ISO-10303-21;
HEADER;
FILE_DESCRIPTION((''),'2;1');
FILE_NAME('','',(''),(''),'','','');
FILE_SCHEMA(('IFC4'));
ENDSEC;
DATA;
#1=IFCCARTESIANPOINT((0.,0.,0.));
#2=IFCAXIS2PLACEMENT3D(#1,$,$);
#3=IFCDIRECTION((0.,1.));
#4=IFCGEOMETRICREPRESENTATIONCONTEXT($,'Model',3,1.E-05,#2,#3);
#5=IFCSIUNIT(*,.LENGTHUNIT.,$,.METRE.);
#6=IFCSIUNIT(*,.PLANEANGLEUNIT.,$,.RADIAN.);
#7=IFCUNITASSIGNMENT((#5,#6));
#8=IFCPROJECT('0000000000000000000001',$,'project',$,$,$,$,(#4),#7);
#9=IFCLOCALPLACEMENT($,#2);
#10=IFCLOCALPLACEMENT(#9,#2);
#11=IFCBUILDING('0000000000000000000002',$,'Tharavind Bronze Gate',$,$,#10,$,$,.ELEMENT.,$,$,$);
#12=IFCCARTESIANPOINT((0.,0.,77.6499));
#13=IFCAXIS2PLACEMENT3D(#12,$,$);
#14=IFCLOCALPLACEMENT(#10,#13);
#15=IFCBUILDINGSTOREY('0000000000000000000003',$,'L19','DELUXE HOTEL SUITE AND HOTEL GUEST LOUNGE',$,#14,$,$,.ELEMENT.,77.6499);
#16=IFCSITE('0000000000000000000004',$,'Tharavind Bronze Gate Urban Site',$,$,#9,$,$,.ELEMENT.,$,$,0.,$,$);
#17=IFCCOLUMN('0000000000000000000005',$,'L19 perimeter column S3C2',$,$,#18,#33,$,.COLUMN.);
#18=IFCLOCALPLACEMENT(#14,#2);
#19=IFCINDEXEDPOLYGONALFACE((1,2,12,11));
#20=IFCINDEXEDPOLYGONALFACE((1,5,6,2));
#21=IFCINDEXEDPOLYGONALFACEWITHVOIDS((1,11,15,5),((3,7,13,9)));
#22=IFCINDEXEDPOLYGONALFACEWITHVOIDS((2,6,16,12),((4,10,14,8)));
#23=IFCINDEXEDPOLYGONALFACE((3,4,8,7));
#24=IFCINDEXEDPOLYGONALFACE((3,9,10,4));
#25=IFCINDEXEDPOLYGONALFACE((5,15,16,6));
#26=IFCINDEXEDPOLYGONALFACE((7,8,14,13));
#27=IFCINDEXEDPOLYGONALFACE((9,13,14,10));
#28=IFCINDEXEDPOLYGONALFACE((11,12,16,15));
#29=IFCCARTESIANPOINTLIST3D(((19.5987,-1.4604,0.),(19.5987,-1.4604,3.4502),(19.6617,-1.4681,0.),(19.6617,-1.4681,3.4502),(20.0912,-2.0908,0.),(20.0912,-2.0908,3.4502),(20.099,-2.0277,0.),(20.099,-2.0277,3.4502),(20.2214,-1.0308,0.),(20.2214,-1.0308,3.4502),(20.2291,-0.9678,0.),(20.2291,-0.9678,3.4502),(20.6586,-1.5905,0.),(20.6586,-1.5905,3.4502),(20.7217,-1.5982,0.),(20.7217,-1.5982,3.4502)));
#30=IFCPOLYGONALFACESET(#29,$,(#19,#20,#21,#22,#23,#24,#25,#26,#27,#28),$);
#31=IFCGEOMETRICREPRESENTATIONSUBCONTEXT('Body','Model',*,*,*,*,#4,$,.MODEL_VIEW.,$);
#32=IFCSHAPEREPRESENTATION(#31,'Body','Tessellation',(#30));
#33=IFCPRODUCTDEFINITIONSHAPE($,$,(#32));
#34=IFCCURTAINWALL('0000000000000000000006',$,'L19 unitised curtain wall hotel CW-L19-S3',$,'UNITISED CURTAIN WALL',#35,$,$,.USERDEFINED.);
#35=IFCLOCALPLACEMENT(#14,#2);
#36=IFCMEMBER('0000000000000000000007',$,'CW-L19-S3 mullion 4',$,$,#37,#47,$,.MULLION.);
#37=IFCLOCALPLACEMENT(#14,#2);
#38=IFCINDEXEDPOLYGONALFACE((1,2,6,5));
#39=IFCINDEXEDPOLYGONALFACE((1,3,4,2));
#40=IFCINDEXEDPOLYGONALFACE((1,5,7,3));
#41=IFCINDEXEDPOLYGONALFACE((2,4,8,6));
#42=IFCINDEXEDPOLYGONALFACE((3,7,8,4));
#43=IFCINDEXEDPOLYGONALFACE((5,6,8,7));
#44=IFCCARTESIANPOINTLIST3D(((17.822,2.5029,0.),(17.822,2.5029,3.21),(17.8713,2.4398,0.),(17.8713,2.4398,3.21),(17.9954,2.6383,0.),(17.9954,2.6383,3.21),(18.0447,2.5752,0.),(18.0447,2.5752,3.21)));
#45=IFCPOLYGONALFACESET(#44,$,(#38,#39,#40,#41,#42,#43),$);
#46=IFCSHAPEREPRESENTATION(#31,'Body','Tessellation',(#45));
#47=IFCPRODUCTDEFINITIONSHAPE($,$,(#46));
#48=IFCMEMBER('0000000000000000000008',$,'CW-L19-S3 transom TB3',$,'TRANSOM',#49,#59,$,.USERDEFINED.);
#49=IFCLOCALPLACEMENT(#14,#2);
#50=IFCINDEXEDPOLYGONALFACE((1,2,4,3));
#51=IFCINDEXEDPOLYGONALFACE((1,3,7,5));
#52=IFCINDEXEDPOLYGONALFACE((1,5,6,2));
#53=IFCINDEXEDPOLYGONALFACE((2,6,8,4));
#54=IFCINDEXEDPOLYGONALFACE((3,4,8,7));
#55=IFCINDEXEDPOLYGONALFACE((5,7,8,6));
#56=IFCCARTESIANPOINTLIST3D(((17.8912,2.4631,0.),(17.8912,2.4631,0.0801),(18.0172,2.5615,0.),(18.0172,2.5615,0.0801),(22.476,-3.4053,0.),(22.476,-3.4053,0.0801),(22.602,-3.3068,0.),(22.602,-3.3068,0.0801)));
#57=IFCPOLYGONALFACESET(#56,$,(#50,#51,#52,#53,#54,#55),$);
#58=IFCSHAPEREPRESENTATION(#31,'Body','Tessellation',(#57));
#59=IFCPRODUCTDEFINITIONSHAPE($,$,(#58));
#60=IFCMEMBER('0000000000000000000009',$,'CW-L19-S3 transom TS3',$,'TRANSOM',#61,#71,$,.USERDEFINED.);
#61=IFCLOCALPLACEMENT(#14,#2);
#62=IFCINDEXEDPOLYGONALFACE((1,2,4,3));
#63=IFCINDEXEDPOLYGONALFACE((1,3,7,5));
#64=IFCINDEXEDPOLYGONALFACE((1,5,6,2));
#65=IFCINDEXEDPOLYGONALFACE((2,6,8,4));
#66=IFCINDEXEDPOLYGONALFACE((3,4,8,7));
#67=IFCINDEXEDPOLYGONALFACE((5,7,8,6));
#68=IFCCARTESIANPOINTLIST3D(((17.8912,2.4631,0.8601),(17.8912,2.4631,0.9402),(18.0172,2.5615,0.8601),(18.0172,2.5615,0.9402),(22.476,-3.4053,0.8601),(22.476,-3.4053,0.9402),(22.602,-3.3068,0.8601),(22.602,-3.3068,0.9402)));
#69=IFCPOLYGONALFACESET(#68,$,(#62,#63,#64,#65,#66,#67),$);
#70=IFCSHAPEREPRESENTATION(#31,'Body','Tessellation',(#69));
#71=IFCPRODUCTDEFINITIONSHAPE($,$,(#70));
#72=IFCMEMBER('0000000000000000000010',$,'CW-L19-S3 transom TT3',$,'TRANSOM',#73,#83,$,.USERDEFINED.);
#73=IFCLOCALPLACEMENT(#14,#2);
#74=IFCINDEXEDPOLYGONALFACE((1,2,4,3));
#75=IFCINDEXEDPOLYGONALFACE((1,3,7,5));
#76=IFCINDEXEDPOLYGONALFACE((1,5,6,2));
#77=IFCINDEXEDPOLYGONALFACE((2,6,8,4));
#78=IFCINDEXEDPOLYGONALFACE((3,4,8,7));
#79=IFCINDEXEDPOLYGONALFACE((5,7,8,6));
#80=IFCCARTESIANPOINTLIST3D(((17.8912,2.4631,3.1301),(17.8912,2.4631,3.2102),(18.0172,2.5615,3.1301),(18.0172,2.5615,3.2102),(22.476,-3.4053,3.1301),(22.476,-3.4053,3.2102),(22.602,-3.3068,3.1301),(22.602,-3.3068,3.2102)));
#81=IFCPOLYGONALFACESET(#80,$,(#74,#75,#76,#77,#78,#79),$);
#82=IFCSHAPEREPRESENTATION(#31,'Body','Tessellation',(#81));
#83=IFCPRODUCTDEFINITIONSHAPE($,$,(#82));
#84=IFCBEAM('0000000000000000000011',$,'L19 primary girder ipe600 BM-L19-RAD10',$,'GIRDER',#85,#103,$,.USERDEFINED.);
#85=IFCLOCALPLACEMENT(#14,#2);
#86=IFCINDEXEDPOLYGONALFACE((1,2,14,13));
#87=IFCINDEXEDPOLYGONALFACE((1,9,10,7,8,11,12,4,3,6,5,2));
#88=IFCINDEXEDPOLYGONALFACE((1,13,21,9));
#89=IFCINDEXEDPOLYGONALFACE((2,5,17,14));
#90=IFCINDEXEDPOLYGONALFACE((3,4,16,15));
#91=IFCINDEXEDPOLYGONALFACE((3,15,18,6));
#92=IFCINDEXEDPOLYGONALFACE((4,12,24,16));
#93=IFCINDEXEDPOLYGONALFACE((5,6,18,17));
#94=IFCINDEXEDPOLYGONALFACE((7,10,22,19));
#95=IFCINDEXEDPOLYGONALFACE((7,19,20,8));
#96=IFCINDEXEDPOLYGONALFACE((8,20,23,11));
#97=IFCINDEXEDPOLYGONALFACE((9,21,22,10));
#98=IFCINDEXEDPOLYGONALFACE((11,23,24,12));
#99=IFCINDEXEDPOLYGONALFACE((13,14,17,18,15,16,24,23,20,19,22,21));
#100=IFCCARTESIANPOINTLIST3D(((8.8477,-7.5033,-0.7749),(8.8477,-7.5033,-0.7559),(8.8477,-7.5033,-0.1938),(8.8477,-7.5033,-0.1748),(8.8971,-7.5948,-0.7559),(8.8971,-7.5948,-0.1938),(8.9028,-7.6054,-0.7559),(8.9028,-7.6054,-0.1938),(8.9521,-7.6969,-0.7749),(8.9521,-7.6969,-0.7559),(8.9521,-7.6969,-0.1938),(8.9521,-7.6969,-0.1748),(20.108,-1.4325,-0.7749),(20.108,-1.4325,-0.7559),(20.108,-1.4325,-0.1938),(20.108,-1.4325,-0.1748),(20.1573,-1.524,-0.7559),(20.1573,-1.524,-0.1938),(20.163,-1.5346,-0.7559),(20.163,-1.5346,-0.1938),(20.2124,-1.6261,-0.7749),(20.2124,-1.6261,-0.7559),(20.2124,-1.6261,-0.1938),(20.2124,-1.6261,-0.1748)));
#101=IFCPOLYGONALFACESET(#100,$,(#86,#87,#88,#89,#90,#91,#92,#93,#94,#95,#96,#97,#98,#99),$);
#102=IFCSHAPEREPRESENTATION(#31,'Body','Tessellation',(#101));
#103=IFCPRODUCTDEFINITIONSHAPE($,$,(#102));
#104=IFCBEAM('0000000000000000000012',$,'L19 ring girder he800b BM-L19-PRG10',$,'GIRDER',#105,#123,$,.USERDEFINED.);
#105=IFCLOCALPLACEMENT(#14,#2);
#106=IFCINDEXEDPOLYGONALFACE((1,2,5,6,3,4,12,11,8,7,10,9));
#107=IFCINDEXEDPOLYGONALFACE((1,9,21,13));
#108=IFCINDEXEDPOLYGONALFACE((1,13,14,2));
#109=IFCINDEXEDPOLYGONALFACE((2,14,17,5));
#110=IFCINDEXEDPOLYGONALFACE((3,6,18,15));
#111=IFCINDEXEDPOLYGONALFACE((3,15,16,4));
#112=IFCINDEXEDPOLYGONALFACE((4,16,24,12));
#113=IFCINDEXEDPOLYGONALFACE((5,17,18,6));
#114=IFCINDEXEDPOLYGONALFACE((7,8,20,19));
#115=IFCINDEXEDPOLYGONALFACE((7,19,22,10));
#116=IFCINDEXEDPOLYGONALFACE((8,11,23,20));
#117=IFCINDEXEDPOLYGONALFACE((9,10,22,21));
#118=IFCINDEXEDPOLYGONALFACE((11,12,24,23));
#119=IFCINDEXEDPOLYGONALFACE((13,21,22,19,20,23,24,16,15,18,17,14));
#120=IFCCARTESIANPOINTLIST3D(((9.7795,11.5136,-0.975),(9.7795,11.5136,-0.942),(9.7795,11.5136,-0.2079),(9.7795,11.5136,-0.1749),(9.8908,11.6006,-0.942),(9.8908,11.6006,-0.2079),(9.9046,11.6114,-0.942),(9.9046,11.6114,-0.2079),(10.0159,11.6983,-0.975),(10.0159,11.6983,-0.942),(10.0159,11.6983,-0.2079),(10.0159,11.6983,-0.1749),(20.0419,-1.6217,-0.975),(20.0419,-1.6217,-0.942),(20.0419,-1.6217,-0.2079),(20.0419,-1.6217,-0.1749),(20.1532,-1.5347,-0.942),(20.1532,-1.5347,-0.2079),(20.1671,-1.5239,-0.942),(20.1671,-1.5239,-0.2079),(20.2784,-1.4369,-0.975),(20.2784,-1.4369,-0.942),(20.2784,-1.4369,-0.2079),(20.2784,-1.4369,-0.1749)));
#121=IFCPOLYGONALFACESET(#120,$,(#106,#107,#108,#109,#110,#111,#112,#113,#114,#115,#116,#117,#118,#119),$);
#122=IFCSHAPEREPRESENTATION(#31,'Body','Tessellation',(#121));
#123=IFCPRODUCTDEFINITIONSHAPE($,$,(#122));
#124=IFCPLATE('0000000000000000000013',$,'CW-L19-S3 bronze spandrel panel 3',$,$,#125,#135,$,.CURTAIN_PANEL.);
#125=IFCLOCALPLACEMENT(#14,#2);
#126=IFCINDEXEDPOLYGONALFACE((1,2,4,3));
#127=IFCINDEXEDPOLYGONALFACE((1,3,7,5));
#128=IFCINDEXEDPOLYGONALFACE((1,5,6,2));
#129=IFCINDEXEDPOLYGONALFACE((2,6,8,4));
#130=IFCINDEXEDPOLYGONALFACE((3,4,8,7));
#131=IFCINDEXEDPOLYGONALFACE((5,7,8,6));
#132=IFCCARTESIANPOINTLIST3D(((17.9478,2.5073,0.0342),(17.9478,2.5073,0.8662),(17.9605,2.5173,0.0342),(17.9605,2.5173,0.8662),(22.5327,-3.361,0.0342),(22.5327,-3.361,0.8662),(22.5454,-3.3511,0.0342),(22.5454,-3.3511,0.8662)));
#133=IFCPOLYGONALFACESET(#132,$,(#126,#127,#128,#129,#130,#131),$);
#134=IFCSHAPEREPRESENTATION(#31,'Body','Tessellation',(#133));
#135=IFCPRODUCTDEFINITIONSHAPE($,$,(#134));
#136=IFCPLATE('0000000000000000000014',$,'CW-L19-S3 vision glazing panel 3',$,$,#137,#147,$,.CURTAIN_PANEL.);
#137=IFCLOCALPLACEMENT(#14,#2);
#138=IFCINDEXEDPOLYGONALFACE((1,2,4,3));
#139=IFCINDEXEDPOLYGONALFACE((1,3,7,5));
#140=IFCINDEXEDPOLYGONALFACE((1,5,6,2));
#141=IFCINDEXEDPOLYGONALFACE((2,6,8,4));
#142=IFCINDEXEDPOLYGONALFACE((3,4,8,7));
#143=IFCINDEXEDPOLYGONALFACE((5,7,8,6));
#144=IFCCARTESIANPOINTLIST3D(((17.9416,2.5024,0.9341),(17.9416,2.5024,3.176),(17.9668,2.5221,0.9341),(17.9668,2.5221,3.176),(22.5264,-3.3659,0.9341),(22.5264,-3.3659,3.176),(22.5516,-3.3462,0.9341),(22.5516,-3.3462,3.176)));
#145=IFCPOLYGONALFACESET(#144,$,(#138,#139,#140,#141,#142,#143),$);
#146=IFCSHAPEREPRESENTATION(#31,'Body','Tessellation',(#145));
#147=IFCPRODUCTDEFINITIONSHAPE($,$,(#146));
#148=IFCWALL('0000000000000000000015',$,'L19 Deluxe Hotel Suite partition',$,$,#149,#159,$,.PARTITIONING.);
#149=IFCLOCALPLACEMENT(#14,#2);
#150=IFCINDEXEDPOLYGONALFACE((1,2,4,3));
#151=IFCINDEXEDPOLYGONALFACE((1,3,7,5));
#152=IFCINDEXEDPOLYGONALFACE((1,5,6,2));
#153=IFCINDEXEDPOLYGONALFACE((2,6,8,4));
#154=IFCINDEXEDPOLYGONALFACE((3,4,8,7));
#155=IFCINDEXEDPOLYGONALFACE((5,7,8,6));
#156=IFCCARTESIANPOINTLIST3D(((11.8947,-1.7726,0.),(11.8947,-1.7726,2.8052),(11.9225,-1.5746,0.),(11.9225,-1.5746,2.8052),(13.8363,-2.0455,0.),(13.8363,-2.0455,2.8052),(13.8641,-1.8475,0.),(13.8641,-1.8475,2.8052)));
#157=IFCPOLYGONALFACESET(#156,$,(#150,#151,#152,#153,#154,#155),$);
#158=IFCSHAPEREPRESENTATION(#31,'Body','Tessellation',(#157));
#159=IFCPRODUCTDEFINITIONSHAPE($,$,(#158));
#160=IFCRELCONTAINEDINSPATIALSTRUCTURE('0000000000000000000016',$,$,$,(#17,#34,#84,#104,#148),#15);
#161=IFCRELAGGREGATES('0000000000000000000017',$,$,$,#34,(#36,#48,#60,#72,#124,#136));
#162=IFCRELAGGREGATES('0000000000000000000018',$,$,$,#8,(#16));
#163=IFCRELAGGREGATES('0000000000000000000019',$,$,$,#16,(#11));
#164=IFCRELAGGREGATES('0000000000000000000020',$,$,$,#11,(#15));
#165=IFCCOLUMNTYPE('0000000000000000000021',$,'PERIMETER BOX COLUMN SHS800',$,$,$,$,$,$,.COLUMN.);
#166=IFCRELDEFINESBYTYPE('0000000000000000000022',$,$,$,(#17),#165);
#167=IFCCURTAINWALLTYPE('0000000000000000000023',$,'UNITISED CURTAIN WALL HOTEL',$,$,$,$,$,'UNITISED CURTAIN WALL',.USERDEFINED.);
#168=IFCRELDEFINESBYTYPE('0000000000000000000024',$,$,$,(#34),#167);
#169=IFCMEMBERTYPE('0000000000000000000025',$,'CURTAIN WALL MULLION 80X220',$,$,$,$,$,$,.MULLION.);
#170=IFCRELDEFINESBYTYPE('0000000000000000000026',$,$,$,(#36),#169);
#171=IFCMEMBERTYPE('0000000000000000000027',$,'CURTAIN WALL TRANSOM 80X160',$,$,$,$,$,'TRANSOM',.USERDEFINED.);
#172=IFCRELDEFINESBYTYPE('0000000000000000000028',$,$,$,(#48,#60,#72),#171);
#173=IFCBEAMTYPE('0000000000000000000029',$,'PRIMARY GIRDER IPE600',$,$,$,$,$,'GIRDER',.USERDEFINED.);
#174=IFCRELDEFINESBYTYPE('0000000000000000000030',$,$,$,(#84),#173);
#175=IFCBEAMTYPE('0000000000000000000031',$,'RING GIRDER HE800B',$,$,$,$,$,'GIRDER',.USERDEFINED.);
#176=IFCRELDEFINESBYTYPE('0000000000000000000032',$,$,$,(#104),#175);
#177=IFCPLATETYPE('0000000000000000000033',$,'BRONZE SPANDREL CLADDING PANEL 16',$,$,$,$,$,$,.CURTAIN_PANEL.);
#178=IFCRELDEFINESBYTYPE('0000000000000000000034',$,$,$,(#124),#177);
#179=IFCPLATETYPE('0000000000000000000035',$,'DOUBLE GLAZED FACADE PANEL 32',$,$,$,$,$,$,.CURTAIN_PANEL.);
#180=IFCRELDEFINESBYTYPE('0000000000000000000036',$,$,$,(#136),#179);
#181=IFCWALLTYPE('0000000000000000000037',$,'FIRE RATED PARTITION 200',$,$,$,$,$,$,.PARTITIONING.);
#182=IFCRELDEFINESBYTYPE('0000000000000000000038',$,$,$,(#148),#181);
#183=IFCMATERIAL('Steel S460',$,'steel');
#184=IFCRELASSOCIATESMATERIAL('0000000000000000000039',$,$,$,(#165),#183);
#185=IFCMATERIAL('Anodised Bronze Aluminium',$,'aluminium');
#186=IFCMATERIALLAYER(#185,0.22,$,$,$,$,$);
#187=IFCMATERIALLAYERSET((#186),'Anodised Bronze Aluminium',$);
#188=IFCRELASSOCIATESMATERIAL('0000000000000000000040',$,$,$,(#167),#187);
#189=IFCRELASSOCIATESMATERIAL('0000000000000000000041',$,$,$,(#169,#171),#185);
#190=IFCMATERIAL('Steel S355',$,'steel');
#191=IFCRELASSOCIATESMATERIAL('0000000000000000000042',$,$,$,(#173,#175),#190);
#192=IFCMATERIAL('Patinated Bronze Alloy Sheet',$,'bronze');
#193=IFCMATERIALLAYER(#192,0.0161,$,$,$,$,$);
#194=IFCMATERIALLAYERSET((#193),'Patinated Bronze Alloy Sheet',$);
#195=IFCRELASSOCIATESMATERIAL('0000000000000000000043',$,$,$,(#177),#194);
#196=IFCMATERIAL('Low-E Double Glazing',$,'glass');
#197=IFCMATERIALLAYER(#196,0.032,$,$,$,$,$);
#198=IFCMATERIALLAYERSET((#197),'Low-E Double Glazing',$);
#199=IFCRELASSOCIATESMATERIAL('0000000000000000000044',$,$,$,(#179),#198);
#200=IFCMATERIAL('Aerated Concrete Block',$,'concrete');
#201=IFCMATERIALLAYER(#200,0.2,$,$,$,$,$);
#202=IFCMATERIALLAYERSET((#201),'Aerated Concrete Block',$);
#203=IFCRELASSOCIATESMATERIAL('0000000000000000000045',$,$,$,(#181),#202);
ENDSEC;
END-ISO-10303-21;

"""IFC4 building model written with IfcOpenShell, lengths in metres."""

from ifc_helpers import new_model, si_unit, direction, frame, frame_2d, origin, origin_2d, place, context, subcontext, project, spatial, rectangle, hollow_rectangle, i_section, extrude, material, layer, layer_set, material_profile, profile_set, type_object, element, aggregate, save


model = new_model("IFC4")

# Units and contexts
model_context = context("Model", 3, precision=1e-05, world=origin(), true_north=direction((0.0, 1.0)))
body_context = subcontext(model_context, "Body", "Model", "MODEL_VIEW")
ifc_project = project(units=[si_unit("LENGTHUNIT", "METRE"), si_unit("PLANEANGLEUNIT", "RADIAN")], contexts=[model_context])

# Site, building, storey
site_placement = place(None, origin())
site = spatial("IfcSite", under=ifc_project, at=site_placement, Name="Tharavind Bronze Gate Urban Site", CompositionType="ELEMENT", RefElevation=0.0)
building_placement = place(site_placement, origin())
building = spatial("IfcBuilding", under=site, at=building_placement, Name="Tharavind Bronze Gate", CompositionType="ELEMENT")
storey_placement = place(building_placement, frame((0.0, 0.0, 77.6499)))
storey = spatial("IfcBuildingStorey", under=building, at=storey_placement, Name="L19", Description="DELUXE HOTEL SUITE AND HOTEL GUEST LOUNGE", CompositionType="ELEMENT", Elevation=77.6499)

# Column
ifc_material_1 = material(Name="Steel S460", Category="steel")
ifc_material_profile_1 = material_profile(ifc_material_1, hollow_rectangle(XDim=0.8, YDim=0.8, WallThickness=0.0449, at=origin_2d()), Name="SHS800X45")
ifc_profile_set_1 = profile_set([ifc_material_profile_1], Name="Steel S460")
column_type = type_object("IfcColumnType", Name="PERIMETER BOX COLUMN SHS800", PredefinedType="COLUMN", material=ifc_profile_set_1)
column_placement = place(storey_placement, frame((20.1602, -1.5293, 0.0), z_axis=(0.0, 0.0, 1.0), x_axis=(-0.615661, 0.788011, 0.0)))
element("IfcColumn", 1, at=column_placement, inside=storey, type_object=column_type, Name="L19 perimeter column S3C2", PredefinedType="COLUMN", context=body_context, shape_type="SweptSolid", body=[
    extrude(hollow_rectangle(XDim=0.8, YDim=0.8, WallThickness=0.0449, at=origin_2d()), origin(), (0.0, 0.0, 1.0), 3.4502),
])

# Curtain wall, members
ifc_material_2 = material(Name="Anodised Bronze Aluminium", Category="aluminium")
ifc_layer_1 = layer(ifc_material_2, 0.22)
ifc_layer_set_1 = layer_set([ifc_layer_1], Name="Anodised Bronze Aluminium")
curtain_wall_type = type_object("IfcCurtainWallType", Name="UNITISED CURTAIN WALL HOTEL", ElementType="UNITISED CURTAIN WALL", PredefinedType="USERDEFINED", material=ifc_layer_set_1)
curtain_wall_placement = place(storey_placement, origin())
curtain_wall = element("IfcCurtainWall", 2, at=curtain_wall_placement, inside=storey, type_object=curtain_wall_type, Name="L19 unitised curtain wall hotel CW-L19-S3", ObjectType="UNITISED CURTAIN WALL", PredefinedType="USERDEFINED")
member_type_1 = type_object("IfcMemberType", Name="CURTAIN WALL MULLION 80X220", PredefinedType="MULLION", material=ifc_material_2)
member_1_placement = place(storey_placement, frame((17.9333, 2.5391, 0.0), z_axis=(0.0, 0.0, 1.0), x_axis=(-0.615661, 0.788011, 0.0)))
member_1 = element("IfcMember", 3, at=member_1_placement, type_object=member_type_1, Name="CW-L19-S3 mullion 4", PredefinedType="MULLION", context=body_context, shape_type="SweptSolid", body=[
    extrude(rectangle(XDim=0.0801, YDim=0.22, at=origin_2d()), origin(), (0.0, 0.0, 1.0), 3.21),
])
member_type_2 = type_object("IfcMemberType", Name="CURTAIN WALL TRANSOM 80X160", ElementType="TRANSOM", PredefinedType="USERDEFINED", material=ifc_material_2)
member_2_placement = place(storey_placement, frame((20.2466, -0.4219, 0.0), z_axis=(0.0, 0.0, 1.0), x_axis=(-0.615661, 0.788011, 0.0)))
member_2 = element("IfcMember", 4, at=member_2_placement, type_object=member_type_2, Name="CW-L19-S3 transom TB3", ObjectType="TRANSOM", PredefinedType="USERDEFINED", context=body_context, shape_type="SweptSolid", body=[
    extrude(rectangle(XDim=7.447, YDim=0.1599, at=origin_2d()), origin(), (0.0, 0.0, 1.0), 0.0801),
])
member_3_placement = place(storey_placement, frame((20.2466, -0.4219, 0.8601), z_axis=(0.0, 0.0, 1.0), x_axis=(-0.615661, 0.788011, 0.0)))
member_3 = element("IfcMember", 5, at=member_3_placement, type_object=member_type_2, Name="CW-L19-S3 transom TS3", ObjectType="TRANSOM", PredefinedType="USERDEFINED", context=body_context, shape_type="SweptSolid", body=[
    extrude(rectangle(XDim=7.447, YDim=0.1599, at=origin_2d()), origin(), (0.0, 0.0, 1.0), 0.0801),
])
member_4_placement = place(storey_placement, frame((20.2466, -0.4219, 3.1301), z_axis=(0.0, 0.0, 1.0), x_axis=(-0.615661, 0.788011, 0.0)))
member_4 = element("IfcMember", 6, at=member_4_placement, type_object=member_type_2, Name="CW-L19-S3 transom TT3", ObjectType="TRANSOM", PredefinedType="USERDEFINED", context=body_context, shape_type="SweptSolid", body=[
    extrude(rectangle(XDim=7.447, YDim=0.1599, at=origin_2d()), origin(), (0.0, 0.0, 1.0), 0.0801),
])

# Beams
ifc_material_3 = material(Name="Steel S355", Category="steel")
ifc_material_profile_2 = material_profile(ifc_material_3, i_section(OverallWidth=0.22, OverallDepth=0.6001, WebThickness=0.012, FlangeThickness=0.019, at=origin_2d()), Name="IPE600")
ifc_profile_set_2 = profile_set([ifc_material_profile_2], Name="Steel S355")
beam_type_1 = type_object("IfcBeamType", Name="PRIMARY GIRDER IPE600", ElementType="GIRDER", PredefinedType="USERDEFINED", material=ifc_profile_set_2)
beam_1_placement = place(storey_placement, frame((20.1602, -1.5293, -0.4749), z_axis=(-0.880223, -0.47456, 0.0), x_axis=(0.47456, -0.880223, 0.0)))
element("IfcBeam", 7, at=beam_1_placement, inside=storey, type_object=beam_type_1, Name="L19 primary girder ipe600 BM-L19-RAD10", ObjectType="GIRDER", PredefinedType="USERDEFINED", context=body_context, shape_type="SweptSolid", body=[
    extrude(i_section(OverallWidth=0.22, OverallDepth=0.6001, WebThickness=0.012, FlangeThickness=0.019, at=origin_2d()), origin(), (0.0, 0.0, 1.0), 12.7925),
])
ifc_material_profile_3 = material_profile(ifc_material_3, i_section(OverallWidth=0.3, OverallDepth=0.8, WebThickness=0.0176, FlangeThickness=0.033, at=origin_2d()), Name="HE800B")
ifc_profile_set_3 = profile_set([ifc_material_profile_3], Name="Steel S355")
beam_type_2 = type_object("IfcBeamType", Name="RING GIRDER HE800B", ElementType="GIRDER", PredefinedType="USERDEFINED", material=ifc_profile_set_3)
beam_2_placement = place(storey_placement, frame((20.1602, -1.5293, -0.575), z_axis=(-0.615664, 0.788009, 0.0), x_axis=(-0.788009, -0.615664, 0.0)))
element("IfcBeam", 8, at=beam_2_placement, inside=storey, type_object=beam_type_2, Name="L19 ring girder he800b BM-L19-PRG10", ObjectType="GIRDER", PredefinedType="USERDEFINED", context=body_context, shape_type="SweptSolid", body=[
    extrude(i_section(OverallWidth=0.3, OverallDepth=0.8, WebThickness=0.0176, FlangeThickness=0.033, at=origin_2d()), origin(), (0.0, 0.0, 1.0), 16.6689),
])

# Plates
ifc_material_4 = material(Name="Patinated Bronze Alloy Sheet", Category="bronze")
ifc_layer_2 = layer(ifc_material_4, 0.0161)
ifc_layer_set_2 = layer_set([ifc_layer_2], Name="Patinated Bronze Alloy Sheet")
plate_type_1 = type_object("IfcPlateType", Name="BRONZE SPANDREL CLADDING PANEL 16", PredefinedType="CURTAIN_PANEL", material=ifc_layer_set_2)
plate_1_placement = place(storey_placement, frame((20.2466, -0.4219, 0.0342), z_axis=(0.0, 0.0, 1.0), x_axis=(-0.615661, 0.788011, 0.0)))
plate_1 = element("IfcPlate", 9, at=plate_1_placement, type_object=plate_type_1, Name="CW-L19-S3 bronze spandrel panel 3", PredefinedType="CURTAIN_PANEL", context=body_context, shape_type="SweptSolid", body=[
    extrude(rectangle(XDim=7.447, YDim=0.0161, at=origin_2d()), origin(), (0.0, 0.0, 1.0), 0.832),
])
ifc_material_5 = material(Name="Low-E Double Glazing", Category="glass")
ifc_layer_3 = layer(ifc_material_5, 0.032)
ifc_layer_set_3 = layer_set([ifc_layer_3], Name="Low-E Double Glazing")
plate_type_2 = type_object("IfcPlateType", Name="DOUBLE GLAZED FACADE PANEL 32", PredefinedType="CURTAIN_PANEL", material=ifc_layer_set_3)
plate_2_placement = place(storey_placement, frame((20.2466, -0.4219, 0.9341), z_axis=(0.0, 0.0, 1.0), x_axis=(-0.615661, 0.788011, 0.0)))
plate_2 = element("IfcPlate", 10, at=plate_2_placement, type_object=plate_type_2, Name="CW-L19-S3 vision glazing panel 3", PredefinedType="CURTAIN_PANEL", context=body_context, shape_type="SweptSolid", body=[
    extrude(rectangle(XDim=7.447, YDim=0.032, at=origin_2d()), origin(), (0.0, 0.0, 1.0), 2.2419),
])
aggregate(curtain_wall, [member_1, member_2, member_3, member_4, plate_1, plate_2])

# Shared definitions
ifc_material_6 = material(Name="Aerated Concrete Block", Category="concrete")
ifc_layer_4 = layer(ifc_material_6, 0.2)
ifc_layer_set_4 = layer_set([ifc_layer_4], Name="Aerated Concrete Block")
wall_type_1 = type_object("IfcWallType", Name="FIRE RATED PARTITION 200", PredefinedType="PARTITIONING", material=ifc_layer_set_4)

# Wall
wall_1_placement = place(storey_placement, frame((11.9084, -1.6736, 0.0), z_axis=(0.0, 0.0, 1.0), x_axis=(0.990263, -0.139207, 0.0)))
element("IfcWall", 11, at=wall_1_placement, inside=storey, type_object=wall_type_1, Name="L19 Deluxe Hotel Suite partition", PredefinedType="PARTITIONING", context=body_context, shape_type="SweptSolid", body=[
    extrude(rectangle(XDim=1.9607, YDim=0.2, at=frame_2d((0.9805, 0.0))), origin(), (0.0, 0.0, 1.0), 2.8052),
])

save(model, "model.ifc")
